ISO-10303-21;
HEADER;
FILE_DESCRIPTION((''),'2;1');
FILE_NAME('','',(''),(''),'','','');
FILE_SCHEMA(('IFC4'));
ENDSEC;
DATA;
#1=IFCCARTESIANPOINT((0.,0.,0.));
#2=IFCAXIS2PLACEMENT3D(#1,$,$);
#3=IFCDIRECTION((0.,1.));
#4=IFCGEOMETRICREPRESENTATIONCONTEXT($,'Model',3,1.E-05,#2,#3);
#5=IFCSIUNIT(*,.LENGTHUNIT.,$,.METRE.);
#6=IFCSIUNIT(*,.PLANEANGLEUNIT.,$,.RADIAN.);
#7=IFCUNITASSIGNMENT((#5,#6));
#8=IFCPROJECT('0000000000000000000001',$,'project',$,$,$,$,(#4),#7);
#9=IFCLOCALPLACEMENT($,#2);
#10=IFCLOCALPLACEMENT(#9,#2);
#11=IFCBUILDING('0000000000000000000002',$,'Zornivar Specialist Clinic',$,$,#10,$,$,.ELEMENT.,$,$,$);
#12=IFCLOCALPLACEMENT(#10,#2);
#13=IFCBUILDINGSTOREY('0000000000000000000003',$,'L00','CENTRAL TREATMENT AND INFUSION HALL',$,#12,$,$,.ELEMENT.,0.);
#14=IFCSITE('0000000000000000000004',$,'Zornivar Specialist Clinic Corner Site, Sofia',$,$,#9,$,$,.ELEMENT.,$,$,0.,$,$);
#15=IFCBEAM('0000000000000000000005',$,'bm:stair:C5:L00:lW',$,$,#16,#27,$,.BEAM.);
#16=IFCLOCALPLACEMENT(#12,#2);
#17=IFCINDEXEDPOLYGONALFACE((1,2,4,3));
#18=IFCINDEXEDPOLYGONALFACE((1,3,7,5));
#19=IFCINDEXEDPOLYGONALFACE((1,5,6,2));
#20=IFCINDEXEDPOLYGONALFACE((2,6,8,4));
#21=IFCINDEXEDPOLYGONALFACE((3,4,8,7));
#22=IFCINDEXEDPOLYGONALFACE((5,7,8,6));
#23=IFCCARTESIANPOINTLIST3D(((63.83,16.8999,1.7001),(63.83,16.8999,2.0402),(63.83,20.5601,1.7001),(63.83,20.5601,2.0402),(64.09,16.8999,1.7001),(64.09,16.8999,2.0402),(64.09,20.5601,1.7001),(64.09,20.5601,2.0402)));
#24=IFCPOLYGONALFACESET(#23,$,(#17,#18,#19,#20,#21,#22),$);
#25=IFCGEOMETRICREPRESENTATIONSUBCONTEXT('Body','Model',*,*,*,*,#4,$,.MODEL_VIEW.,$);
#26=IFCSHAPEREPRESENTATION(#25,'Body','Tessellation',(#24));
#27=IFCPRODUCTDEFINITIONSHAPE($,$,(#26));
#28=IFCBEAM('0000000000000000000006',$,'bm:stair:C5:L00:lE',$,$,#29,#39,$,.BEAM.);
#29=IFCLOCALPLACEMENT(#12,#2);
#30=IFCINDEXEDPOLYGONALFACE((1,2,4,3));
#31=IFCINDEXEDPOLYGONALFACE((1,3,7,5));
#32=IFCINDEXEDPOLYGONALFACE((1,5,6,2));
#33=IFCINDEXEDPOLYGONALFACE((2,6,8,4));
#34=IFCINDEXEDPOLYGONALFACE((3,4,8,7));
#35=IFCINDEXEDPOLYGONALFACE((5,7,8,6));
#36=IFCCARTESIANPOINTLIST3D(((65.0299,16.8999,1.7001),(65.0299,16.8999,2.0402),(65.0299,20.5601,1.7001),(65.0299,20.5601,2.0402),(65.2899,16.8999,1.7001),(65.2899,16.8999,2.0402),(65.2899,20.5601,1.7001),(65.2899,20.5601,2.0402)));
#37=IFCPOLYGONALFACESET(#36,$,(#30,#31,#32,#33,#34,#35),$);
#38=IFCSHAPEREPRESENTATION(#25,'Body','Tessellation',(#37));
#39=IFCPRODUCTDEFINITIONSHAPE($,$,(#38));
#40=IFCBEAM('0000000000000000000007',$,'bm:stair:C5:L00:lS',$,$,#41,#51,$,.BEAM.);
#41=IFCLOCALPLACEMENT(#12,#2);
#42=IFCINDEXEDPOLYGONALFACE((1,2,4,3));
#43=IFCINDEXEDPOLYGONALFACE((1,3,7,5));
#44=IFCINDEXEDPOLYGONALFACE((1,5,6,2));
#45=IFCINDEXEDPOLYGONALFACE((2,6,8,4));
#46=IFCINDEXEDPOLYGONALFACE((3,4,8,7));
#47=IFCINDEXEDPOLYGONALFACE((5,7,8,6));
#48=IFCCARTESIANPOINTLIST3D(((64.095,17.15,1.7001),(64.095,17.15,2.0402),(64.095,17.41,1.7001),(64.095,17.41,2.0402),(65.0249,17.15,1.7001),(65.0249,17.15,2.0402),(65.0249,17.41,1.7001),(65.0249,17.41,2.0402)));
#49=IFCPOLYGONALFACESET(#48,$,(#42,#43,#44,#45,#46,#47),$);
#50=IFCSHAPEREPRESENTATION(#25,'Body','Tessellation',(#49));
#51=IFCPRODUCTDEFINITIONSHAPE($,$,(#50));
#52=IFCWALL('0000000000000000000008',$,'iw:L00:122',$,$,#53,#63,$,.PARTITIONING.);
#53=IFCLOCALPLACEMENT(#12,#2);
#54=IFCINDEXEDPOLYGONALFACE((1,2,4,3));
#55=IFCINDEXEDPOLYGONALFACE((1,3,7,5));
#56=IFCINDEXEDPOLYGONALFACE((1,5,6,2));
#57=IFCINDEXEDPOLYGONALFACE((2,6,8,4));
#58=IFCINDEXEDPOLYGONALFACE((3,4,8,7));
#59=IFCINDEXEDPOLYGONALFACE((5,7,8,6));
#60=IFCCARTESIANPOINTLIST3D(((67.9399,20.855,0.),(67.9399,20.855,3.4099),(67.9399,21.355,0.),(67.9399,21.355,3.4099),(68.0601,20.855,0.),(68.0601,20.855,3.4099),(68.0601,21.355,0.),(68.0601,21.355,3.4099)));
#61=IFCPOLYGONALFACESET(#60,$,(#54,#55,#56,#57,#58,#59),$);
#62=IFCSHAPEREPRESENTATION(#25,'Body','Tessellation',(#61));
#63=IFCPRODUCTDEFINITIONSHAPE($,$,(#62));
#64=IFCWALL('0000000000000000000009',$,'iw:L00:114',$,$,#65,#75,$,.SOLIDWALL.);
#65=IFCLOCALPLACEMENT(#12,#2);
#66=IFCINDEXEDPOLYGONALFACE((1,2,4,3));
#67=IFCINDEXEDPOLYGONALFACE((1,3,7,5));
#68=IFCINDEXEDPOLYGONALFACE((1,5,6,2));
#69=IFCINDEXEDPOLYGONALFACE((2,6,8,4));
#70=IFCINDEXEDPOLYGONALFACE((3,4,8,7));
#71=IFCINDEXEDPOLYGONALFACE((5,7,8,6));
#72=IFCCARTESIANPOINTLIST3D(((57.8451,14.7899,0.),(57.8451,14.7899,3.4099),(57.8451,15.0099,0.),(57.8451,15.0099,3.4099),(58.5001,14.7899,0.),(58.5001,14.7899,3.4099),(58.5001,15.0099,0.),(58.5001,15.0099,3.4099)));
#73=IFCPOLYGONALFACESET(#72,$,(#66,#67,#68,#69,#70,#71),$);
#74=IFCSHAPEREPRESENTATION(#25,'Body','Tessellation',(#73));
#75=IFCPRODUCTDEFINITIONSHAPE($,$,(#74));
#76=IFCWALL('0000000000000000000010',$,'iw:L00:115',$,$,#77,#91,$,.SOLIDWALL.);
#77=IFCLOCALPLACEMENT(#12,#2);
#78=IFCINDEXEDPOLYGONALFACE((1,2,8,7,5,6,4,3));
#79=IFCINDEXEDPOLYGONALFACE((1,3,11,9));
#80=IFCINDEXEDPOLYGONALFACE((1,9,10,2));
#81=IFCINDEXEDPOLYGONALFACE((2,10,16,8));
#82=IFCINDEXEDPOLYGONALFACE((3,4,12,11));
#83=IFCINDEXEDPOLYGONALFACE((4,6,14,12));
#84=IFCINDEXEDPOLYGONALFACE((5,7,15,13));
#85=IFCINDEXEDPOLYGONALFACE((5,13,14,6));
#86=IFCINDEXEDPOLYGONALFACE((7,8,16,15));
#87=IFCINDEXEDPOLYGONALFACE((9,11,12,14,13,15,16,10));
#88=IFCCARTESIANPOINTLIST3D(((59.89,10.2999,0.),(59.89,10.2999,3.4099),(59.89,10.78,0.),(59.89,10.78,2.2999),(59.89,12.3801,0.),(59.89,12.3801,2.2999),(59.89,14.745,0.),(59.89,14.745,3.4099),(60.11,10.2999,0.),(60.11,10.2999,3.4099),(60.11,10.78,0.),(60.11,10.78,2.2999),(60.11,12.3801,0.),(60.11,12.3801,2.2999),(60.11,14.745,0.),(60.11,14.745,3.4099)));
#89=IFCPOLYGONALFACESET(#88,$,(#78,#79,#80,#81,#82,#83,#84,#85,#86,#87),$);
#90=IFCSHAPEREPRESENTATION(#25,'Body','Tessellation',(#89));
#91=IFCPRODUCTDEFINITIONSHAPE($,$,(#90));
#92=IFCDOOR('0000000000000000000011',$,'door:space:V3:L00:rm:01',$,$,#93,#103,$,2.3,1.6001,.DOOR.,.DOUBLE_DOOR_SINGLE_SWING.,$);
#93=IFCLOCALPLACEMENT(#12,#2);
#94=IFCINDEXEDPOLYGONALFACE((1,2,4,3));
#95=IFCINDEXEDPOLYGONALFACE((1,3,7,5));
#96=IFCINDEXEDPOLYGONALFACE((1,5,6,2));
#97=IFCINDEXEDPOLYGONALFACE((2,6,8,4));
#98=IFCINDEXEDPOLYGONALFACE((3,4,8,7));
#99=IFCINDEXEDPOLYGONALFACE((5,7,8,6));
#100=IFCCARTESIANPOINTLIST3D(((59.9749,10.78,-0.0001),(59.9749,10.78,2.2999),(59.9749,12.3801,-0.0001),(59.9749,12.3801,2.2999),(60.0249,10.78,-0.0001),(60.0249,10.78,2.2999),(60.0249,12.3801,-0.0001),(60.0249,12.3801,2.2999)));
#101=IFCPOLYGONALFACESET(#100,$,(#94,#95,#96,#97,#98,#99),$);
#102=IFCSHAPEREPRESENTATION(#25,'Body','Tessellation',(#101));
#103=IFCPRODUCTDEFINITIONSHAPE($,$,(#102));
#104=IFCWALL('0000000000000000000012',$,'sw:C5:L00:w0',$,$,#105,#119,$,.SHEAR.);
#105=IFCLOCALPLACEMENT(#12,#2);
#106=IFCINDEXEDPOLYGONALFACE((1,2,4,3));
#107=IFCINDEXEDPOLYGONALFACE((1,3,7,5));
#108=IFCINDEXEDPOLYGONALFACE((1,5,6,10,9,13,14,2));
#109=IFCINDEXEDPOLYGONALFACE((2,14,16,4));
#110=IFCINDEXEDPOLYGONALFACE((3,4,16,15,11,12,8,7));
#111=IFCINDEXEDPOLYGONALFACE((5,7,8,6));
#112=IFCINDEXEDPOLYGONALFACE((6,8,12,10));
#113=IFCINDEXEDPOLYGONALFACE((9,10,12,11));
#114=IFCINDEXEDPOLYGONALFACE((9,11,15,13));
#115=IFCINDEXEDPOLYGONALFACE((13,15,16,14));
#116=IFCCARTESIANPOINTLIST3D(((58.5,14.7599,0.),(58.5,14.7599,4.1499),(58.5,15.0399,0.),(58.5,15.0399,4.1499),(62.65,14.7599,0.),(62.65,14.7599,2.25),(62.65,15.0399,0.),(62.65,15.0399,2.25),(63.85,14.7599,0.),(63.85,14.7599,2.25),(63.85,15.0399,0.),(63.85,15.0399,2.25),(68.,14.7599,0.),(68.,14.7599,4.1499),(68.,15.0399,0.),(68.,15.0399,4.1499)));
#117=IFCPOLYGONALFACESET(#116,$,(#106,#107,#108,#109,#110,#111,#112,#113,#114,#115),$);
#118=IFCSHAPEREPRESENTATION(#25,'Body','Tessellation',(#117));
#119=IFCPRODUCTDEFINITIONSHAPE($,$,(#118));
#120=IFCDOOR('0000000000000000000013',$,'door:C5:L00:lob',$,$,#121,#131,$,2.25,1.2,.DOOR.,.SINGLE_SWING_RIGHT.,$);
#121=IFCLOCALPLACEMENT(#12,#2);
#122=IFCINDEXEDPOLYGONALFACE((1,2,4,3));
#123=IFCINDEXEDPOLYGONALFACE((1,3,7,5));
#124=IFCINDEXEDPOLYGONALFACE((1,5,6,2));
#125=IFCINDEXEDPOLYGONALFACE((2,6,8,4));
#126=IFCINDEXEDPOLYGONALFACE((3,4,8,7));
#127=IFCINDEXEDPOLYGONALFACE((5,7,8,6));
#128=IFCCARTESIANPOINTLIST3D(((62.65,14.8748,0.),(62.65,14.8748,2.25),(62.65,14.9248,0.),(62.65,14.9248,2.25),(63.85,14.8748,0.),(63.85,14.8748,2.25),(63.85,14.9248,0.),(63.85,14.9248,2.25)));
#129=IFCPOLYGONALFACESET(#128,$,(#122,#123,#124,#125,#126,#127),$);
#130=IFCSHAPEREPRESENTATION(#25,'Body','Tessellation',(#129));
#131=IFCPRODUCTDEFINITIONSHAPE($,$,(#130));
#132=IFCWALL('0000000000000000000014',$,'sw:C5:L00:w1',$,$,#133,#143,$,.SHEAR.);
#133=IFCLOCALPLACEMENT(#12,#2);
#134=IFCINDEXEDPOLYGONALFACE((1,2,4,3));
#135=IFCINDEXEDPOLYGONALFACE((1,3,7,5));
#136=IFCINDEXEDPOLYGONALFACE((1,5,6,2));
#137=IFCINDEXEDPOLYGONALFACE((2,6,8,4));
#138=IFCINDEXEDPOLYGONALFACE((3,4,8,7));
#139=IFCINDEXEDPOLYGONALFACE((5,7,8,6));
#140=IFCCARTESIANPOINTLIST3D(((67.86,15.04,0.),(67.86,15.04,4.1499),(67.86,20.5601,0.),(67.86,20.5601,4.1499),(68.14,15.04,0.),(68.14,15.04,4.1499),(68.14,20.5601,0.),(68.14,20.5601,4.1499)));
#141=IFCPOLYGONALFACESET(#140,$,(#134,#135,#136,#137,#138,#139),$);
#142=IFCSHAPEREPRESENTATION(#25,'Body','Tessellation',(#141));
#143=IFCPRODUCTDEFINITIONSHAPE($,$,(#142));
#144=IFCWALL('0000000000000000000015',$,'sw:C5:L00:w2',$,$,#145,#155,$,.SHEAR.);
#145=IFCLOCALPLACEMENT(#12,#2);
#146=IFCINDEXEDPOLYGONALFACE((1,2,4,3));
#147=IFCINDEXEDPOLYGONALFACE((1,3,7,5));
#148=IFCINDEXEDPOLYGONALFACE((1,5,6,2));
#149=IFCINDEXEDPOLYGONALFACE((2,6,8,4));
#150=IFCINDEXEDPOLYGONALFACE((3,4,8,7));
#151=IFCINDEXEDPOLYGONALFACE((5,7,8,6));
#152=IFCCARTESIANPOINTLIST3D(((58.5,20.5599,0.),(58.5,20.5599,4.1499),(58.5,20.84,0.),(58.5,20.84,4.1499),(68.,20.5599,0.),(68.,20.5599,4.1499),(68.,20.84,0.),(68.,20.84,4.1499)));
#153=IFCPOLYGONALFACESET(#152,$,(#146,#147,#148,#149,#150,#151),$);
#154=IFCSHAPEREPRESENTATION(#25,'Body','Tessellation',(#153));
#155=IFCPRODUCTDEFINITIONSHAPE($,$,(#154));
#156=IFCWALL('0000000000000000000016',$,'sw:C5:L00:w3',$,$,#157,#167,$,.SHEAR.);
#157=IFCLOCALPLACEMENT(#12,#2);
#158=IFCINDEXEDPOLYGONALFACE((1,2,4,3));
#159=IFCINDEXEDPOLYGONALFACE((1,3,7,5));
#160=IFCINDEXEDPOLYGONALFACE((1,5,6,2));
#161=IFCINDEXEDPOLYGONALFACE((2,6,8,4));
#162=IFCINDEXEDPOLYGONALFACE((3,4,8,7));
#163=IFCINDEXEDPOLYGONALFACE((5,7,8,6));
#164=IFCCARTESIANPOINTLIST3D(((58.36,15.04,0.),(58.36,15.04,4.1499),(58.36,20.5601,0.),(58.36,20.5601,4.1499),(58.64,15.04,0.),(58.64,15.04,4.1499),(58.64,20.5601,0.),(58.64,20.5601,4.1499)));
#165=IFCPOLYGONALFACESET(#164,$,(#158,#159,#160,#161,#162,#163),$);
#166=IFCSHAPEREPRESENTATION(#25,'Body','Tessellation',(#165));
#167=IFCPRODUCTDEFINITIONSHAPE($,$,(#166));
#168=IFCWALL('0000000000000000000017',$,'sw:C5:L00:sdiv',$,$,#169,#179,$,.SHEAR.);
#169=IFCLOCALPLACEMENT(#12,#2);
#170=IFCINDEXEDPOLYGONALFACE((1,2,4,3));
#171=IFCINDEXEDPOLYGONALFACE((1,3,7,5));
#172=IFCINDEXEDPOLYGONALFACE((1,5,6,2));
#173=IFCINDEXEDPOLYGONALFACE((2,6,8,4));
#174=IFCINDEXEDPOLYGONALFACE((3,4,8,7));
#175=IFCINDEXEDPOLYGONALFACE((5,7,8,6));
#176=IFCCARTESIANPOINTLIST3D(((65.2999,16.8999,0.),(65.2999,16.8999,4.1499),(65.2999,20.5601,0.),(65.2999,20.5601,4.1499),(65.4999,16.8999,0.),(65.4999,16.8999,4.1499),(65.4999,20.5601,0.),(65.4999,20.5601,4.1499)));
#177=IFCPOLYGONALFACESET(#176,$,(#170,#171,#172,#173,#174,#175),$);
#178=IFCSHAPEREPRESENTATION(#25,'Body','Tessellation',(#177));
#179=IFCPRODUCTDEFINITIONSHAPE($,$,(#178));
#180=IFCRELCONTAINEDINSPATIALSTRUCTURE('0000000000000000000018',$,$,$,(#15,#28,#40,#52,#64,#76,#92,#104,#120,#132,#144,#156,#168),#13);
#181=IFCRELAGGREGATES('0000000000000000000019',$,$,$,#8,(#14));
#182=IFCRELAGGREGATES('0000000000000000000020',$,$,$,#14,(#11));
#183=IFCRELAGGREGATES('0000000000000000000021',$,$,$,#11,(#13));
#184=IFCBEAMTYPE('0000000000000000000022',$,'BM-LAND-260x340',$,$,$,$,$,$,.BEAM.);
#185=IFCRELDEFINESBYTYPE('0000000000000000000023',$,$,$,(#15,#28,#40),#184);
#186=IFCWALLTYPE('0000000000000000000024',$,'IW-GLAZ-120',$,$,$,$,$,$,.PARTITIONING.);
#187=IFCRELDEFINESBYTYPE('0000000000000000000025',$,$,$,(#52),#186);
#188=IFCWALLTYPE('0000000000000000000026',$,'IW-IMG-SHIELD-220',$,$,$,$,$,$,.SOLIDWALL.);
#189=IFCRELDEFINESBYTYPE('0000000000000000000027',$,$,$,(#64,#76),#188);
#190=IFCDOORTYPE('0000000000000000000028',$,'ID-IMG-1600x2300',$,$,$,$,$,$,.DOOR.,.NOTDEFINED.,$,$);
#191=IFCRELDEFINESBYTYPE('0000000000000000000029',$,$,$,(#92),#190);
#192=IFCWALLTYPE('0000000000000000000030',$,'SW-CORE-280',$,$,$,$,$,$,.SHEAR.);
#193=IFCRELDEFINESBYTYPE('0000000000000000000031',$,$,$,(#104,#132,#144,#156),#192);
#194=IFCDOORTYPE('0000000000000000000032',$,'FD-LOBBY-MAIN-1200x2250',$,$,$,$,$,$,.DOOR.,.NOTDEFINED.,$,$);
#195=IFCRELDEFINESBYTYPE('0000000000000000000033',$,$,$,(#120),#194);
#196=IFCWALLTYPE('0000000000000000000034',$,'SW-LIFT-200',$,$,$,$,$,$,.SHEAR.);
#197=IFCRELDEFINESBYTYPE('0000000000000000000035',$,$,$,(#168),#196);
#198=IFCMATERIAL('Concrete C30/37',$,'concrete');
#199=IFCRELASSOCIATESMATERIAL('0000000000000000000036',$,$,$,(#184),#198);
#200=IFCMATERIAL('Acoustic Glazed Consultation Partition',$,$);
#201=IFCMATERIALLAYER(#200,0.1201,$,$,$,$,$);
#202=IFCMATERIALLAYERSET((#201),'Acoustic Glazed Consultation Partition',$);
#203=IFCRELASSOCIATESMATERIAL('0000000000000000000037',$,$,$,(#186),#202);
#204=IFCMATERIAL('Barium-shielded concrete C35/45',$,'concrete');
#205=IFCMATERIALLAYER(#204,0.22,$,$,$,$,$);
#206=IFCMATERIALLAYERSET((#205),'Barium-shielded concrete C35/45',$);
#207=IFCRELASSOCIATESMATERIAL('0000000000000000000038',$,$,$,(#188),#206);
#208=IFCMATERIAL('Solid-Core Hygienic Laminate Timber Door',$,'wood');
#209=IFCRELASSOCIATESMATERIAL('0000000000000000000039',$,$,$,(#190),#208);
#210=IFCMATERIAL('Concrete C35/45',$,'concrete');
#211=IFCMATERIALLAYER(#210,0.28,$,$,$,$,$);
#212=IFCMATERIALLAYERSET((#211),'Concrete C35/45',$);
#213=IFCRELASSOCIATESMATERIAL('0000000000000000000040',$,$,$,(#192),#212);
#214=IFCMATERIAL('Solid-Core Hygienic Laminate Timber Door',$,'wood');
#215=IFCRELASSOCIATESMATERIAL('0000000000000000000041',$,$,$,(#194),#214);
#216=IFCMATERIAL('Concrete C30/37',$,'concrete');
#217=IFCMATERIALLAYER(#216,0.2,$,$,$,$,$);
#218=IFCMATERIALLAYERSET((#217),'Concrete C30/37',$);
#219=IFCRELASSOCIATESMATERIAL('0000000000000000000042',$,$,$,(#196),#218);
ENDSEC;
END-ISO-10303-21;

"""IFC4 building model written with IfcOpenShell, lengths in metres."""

from ifc_helpers import new_model, si_unit, direction, frame, frame_2d, origin, origin_2d, place, context, subcontext, project, spatial, rectangle, extrude, material, layer, layer_set, material_profile, profile_set, type_object, element, fill, save


model = new_model("IFC4")

# Units and contexts
model_context = context("Model", 3, precision=1e-05, world=origin(), true_north=direction((0.0, 1.0)))
body_context = subcontext(model_context, "Body", "Model", "MODEL_VIEW")
ifc_project = project(units=[si_unit("LENGTHUNIT", "METRE"), si_unit("PLANEANGLEUNIT", "RADIAN")], contexts=[model_context])

# Site, building, storey
site_placement = place(None, origin())
site = spatial("IfcSite", under=ifc_project, at=site_placement, Name="Zornivar Specialist Clinic Corner Site, Sofia", CompositionType="ELEMENT", RefElevation=0.0)
building_placement = place(site_placement, origin())
building = spatial("IfcBuilding", under=site, at=building_placement, Name="Zornivar Specialist Clinic", CompositionType="ELEMENT")
storey_placement = place(building_placement, origin())
storey = spatial("IfcBuildingStorey", under=building, at=storey_placement, Name="L00", Description="CENTRAL TREATMENT AND INFUSION HALL", CompositionType="ELEMENT", Elevation=0.0)

# Beams
ifc_material_1 = material(Name="Concrete C30/37", Category="concrete")
ifc_material_profile = material_profile(ifc_material_1, rectangle(XDim=0.26, YDim=0.3401, at=origin_2d()), Name="RC 260x340")
ifc_profile_set = profile_set([ifc_material_profile], Name="Concrete C30/37")
beam_type = type_object("IfcBeamType", Name="BM-LAND-260x340", PredefinedType="BEAM", material=ifc_profile_set)
for number, where, z_axis, x_axis, name in (
    (1, (63.96, 16.8999, 1.8701), (0.0, 1.0, 0.0), (-1.0, 0.0, 0.0), "bm:stair:C5:L00:lW"),
    (2, (65.1599, 16.8999, 1.8701), (0.0, 1.0, 0.0), (-1.0, 0.0, 0.0), "bm:stair:C5:L00:lE"),
):
    element("IfcBeam", number, at=place(storey_placement, frame(where, z_axis=z_axis, x_axis=x_axis)), inside=storey, type_object=beam_type, Name=name, PredefinedType="BEAM", context=body_context, shape_type="SweptSolid", body=[
        extrude(rectangle(XDim=0.26, YDim=0.3401, at=origin_2d()), origin(), (0.0, 0.0, 1.0), 3.6602),
    ])
beam_placement = place(storey_placement, frame((64.095, 17.28, 1.8701), z_axis=(1.0, 0.0, 0.0), x_axis=(0.0, 1.0, 0.0)))
element("IfcBeam", 3, at=beam_placement, inside=storey, type_object=beam_type, Name="bm:stair:C5:L00:lS", PredefinedType="BEAM", context=body_context, shape_type="SweptSolid", body=[
    extrude(rectangle(XDim=0.26, YDim=0.3401, at=origin_2d()), origin(), (0.0, 0.0, 1.0), 0.9299),
])

# Walls
ifc_material_2 = material(Name="Acoustic Glazed Consultation Partition")
ifc_layer_1 = layer(ifc_material_2, 0.1201)
ifc_layer_set_1 = layer_set([ifc_layer_1], Name="Acoustic Glazed Consultation Partition")
wall_type_1 = type_object("IfcWallType", Name="IW-GLAZ-120", PredefinedType="PARTITIONING", material=ifc_layer_set_1)
wall_1_placement = place(storey_placement, frame((68.0, 20.855, 0.0), z_axis=(0.0, 0.0, 1.0), x_axis=(0.0, 1.0, 0.0)))
element("IfcWall", 4, at=wall_1_placement, inside=storey, type_object=wall_type_1, Name="iw:L00:122", PredefinedType="PARTITIONING", context=body_context, shape_type="SweptSolid", body=[
    extrude(rectangle(XDim=0.5, YDim=0.1201, at=frame_2d((0.25, 0.0))), origin(), (0.0, 0.0, 1.0), 3.4099),
])
ifc_material_3 = material(Name="Barium-shielded concrete C35/45", Category="concrete")
ifc_layer_2 = layer(ifc_material_3, 0.22)
ifc_layer_set_2 = layer_set([ifc_layer_2], Name="Barium-shielded concrete C35/45")
wall_type_2 = type_object("IfcWallType", Name="IW-IMG-SHIELD-220", PredefinedType="SOLIDWALL", material=ifc_layer_set_2)
wall_2_placement = place(storey_placement, frame((57.845, 14.8999, 0.0), z_axis=(0.0, 0.0, 1.0), x_axis=(1.0, 0.0, 0.0)))
element("IfcWall", 5, at=wall_2_placement, inside=storey, type_object=wall_type_2, Name="iw:L00:114", PredefinedType="SOLIDWALL", context=body_context, shape_type="SweptSolid", body=[
    extrude(rectangle(XDim=0.655, YDim=0.22, at=frame_2d((0.3276, 0.0))), origin(), (0.0, 0.0, 1.0), 3.4099),
])

# Walls, openings, doors
wall_3_placement = place(storey_placement, frame((60.0, 14.7451, 0.0), z_axis=(0.0, 0.0, 1.0), x_axis=(0.0, -1.0, 0.0)))
wall_3 = element("IfcWall", 6, at=wall_3_placement, inside=storey, type_object=wall_type_2, Name="iw:L00:115", PredefinedType="SOLIDWALL", context=body_context, shape_type="SweptSolid", body=[
    extrude(rectangle(XDim=4.4451, YDim=0.22, at=frame_2d((2.2227, 0.0))), origin(), (0.0, 0.0, 1.0), 3.4099),
])
opening_1_placement = place(wall_3_placement, frame((2.365, 0.0, 0.0)))
opening_1 = element("IfcOpeningElement", 7, at=opening_1_placement, cuts=wall_3, PredefinedType="OPENING", context=body_context, shape_type="SweptSolid", body=[
    extrude(rectangle(XDim=1.6001, YDim=2.3, at=frame_2d((0.8, 1.1499))), frame((0.0, 0.1199, 0.0), z_axis=(0.0, -1.0, 0.0), x_axis=(1.0, 0.0, 0.0)), (0.0, 0.0, 1.0), 0.24),
])
ifc_material_4 = material(Name="Solid-Core Hygienic Laminate Timber Door", Category="wood")
door_type_1 = type_object("IfcDoorType", Name="ID-IMG-1600x2300", OperationType="NOTDEFINED", PredefinedType="DOOR", material=ifc_material_4)
door_1_placement = place(opening_1_placement, origin())
door_1 = element("IfcDoor", 8, at=door_1_placement, inside=storey, type_object=door_type_1, Name="door:space:V3:L00:rm:01", OperationType="DOUBLE_DOOR_SINGLE_SWING", OverallHeight=2.3, OverallWidth=1.6001, PredefinedType="DOOR", context=body_context, shape_type="SweptSolid", body=[
    extrude(rectangle(XDim=1.6001, YDim=2.3, at=frame_2d((0.8, 1.1499))), frame((0.0, 0.0249, 0.0), z_axis=(0.0, -1.0, 0.0), x_axis=(1.0, 0.0, 0.0)), (0.0, 0.0, 1.0), 0.05),
])
fill(opening_1, door_1)
ifc_material_5 = material(Name="Concrete C35/45", Category="concrete")
ifc_layer_3 = layer(ifc_material_5, 0.28)
ifc_layer_set_3 = layer_set([ifc_layer_3], Name="Concrete C35/45")
wall_type_3 = type_object("IfcWallType", Name="SW-CORE-280", PredefinedType="SHEAR", material=ifc_layer_set_3)
wall_4_placement = place(storey_placement, frame((58.5, 14.8999, 0.0), z_axis=(0.0, 0.0, 1.0), x_axis=(1.0, 0.0, 0.0)))
wall_4 = element("IfcWall", 9, at=wall_4_placement, inside=storey, type_object=wall_type_3, Name="sw:C5:L00:w0", PredefinedType="SHEAR", context=body_context, shape_type="SweptSolid", body=[
    extrude(rectangle(XDim=9.5, YDim=0.28, at=frame_2d((4.75, 0.0))), origin(), (0.0, 0.0, 1.0), 4.1499),
])
opening_2_placement = place(wall_4_placement, frame((4.1499, 0.0, 0.0)))
opening_2 = element("IfcOpeningElement", 10, at=opening_2_placement, cuts=wall_4, PredefinedType="OPENING", context=body_context, shape_type="SweptSolid", body=[
    extrude(rectangle(XDim=1.2, YDim=2.25, at=frame_2d((0.6001, 1.125))), frame((0.0, 0.1499, 0.0), z_axis=(0.0, -1.0, 0.0), x_axis=(1.0, 0.0, 0.0)), (0.0, 0.0, 1.0), 0.3),
])
ifc_material_6 = material(Name="Solid-Core Hygienic Laminate Timber Door", Category="wood")
door_type_2 = type_object("IfcDoorType", Name="FD-LOBBY-MAIN-1200x2250", OperationType="NOTDEFINED", PredefinedType="DOOR", material=ifc_material_6)
door_2_placement = place(opening_2_placement, origin())
door_2 = element("IfcDoor", 11, at=door_2_placement, inside=storey, type_object=door_type_2, Name="door:C5:L00:lob", OperationType="SINGLE_SWING_RIGHT", OverallHeight=2.25, OverallWidth=1.2, PredefinedType="DOOR", context=body_context, shape_type="SweptSolid", body=[
    extrude(rectangle(XDim=1.2, YDim=2.25, at=frame_2d((0.6001, 1.125))), frame((0.0, 0.0249, 0.0), z_axis=(0.0, -1.0, 0.0), x_axis=(1.0, 0.0, 0.0)), (0.0, 0.0, 1.0), 0.05),
])
fill(opening_2, door_2)

# Walls
wall_5_placement = place(storey_placement, frame((68.0, 15.04, 0.0), z_axis=(0.0, 0.0, 1.0), x_axis=(0.0, 1.0, 0.0)))
element("IfcWall", 12, at=wall_5_placement, inside=storey, type_object=wall_type_3, Name="sw:C5:L00:w1", PredefinedType="SHEAR", context=body_context, shape_type="SweptSolid", body=[
    extrude(rectangle(XDim=5.52, YDim=0.28, at=frame_2d((2.76, 0.0))), origin(), (0.0, 0.0, 1.0), 4.1499),
])
wall_6_placement = place(storey_placement, frame((68.0, 20.7, 0.0), z_axis=(0.0, 0.0, 1.0), x_axis=(-1.0, 0.0, 0.0)))
element("IfcWall", 13, at=wall_6_placement, inside=storey, type_object=wall_type_3, Name="sw:C5:L00:w2", PredefinedType="SHEAR", context=body_context, shape_type="SweptSolid", body=[
    extrude(rectangle(XDim=9.5, YDim=0.28, at=frame_2d((4.75, 0.0))), origin(), (0.0, 0.0, 1.0), 4.1499),
])
wall_7_placement = place(storey_placement, frame((58.5, 20.5601, 0.0), z_axis=(0.0, 0.0, 1.0), x_axis=(0.0, -1.0, 0.0)))
element("IfcWall", 14, at=wall_7_placement, inside=storey, type_object=wall_type_3, Name="sw:C5:L00:w3", PredefinedType="SHEAR", context=body_context, shape_type="SweptSolid", body=[
    extrude(rectangle(XDim=5.52, YDim=0.28, at=frame_2d((2.76, 0.0))), origin(), (0.0, 0.0, 1.0), 4.1499),
])
ifc_material_7 = material(Name="Concrete C30/37", Category="concrete")
ifc_layer_4 = layer(ifc_material_7, 0.2)
ifc_layer_set_4 = layer_set([ifc_layer_4], Name="Concrete C30/37")
wall_type_4 = type_object("IfcWallType", Name="SW-LIFT-200", PredefinedType="SHEAR", material=ifc_layer_set_4)
wall_8_placement = place(storey_placement, frame((65.3999, 16.8999, 0.0), z_axis=(0.0, 0.0, 1.0), x_axis=(0.0, 1.0, 0.0)))
element("IfcWall", 15, at=wall_8_placement, inside=storey, type_object=wall_type_4, Name="sw:C5:L00:sdiv", PredefinedType="SHEAR", context=body_context, shape_type="SweptSolid", body=[
    extrude(rectangle(XDim=3.6602, YDim=0.2, at=frame_2d((1.8301, 0.0))), origin(), (0.0, 0.0, 1.0), 4.1499),
])

save(model, "model.ifc")
